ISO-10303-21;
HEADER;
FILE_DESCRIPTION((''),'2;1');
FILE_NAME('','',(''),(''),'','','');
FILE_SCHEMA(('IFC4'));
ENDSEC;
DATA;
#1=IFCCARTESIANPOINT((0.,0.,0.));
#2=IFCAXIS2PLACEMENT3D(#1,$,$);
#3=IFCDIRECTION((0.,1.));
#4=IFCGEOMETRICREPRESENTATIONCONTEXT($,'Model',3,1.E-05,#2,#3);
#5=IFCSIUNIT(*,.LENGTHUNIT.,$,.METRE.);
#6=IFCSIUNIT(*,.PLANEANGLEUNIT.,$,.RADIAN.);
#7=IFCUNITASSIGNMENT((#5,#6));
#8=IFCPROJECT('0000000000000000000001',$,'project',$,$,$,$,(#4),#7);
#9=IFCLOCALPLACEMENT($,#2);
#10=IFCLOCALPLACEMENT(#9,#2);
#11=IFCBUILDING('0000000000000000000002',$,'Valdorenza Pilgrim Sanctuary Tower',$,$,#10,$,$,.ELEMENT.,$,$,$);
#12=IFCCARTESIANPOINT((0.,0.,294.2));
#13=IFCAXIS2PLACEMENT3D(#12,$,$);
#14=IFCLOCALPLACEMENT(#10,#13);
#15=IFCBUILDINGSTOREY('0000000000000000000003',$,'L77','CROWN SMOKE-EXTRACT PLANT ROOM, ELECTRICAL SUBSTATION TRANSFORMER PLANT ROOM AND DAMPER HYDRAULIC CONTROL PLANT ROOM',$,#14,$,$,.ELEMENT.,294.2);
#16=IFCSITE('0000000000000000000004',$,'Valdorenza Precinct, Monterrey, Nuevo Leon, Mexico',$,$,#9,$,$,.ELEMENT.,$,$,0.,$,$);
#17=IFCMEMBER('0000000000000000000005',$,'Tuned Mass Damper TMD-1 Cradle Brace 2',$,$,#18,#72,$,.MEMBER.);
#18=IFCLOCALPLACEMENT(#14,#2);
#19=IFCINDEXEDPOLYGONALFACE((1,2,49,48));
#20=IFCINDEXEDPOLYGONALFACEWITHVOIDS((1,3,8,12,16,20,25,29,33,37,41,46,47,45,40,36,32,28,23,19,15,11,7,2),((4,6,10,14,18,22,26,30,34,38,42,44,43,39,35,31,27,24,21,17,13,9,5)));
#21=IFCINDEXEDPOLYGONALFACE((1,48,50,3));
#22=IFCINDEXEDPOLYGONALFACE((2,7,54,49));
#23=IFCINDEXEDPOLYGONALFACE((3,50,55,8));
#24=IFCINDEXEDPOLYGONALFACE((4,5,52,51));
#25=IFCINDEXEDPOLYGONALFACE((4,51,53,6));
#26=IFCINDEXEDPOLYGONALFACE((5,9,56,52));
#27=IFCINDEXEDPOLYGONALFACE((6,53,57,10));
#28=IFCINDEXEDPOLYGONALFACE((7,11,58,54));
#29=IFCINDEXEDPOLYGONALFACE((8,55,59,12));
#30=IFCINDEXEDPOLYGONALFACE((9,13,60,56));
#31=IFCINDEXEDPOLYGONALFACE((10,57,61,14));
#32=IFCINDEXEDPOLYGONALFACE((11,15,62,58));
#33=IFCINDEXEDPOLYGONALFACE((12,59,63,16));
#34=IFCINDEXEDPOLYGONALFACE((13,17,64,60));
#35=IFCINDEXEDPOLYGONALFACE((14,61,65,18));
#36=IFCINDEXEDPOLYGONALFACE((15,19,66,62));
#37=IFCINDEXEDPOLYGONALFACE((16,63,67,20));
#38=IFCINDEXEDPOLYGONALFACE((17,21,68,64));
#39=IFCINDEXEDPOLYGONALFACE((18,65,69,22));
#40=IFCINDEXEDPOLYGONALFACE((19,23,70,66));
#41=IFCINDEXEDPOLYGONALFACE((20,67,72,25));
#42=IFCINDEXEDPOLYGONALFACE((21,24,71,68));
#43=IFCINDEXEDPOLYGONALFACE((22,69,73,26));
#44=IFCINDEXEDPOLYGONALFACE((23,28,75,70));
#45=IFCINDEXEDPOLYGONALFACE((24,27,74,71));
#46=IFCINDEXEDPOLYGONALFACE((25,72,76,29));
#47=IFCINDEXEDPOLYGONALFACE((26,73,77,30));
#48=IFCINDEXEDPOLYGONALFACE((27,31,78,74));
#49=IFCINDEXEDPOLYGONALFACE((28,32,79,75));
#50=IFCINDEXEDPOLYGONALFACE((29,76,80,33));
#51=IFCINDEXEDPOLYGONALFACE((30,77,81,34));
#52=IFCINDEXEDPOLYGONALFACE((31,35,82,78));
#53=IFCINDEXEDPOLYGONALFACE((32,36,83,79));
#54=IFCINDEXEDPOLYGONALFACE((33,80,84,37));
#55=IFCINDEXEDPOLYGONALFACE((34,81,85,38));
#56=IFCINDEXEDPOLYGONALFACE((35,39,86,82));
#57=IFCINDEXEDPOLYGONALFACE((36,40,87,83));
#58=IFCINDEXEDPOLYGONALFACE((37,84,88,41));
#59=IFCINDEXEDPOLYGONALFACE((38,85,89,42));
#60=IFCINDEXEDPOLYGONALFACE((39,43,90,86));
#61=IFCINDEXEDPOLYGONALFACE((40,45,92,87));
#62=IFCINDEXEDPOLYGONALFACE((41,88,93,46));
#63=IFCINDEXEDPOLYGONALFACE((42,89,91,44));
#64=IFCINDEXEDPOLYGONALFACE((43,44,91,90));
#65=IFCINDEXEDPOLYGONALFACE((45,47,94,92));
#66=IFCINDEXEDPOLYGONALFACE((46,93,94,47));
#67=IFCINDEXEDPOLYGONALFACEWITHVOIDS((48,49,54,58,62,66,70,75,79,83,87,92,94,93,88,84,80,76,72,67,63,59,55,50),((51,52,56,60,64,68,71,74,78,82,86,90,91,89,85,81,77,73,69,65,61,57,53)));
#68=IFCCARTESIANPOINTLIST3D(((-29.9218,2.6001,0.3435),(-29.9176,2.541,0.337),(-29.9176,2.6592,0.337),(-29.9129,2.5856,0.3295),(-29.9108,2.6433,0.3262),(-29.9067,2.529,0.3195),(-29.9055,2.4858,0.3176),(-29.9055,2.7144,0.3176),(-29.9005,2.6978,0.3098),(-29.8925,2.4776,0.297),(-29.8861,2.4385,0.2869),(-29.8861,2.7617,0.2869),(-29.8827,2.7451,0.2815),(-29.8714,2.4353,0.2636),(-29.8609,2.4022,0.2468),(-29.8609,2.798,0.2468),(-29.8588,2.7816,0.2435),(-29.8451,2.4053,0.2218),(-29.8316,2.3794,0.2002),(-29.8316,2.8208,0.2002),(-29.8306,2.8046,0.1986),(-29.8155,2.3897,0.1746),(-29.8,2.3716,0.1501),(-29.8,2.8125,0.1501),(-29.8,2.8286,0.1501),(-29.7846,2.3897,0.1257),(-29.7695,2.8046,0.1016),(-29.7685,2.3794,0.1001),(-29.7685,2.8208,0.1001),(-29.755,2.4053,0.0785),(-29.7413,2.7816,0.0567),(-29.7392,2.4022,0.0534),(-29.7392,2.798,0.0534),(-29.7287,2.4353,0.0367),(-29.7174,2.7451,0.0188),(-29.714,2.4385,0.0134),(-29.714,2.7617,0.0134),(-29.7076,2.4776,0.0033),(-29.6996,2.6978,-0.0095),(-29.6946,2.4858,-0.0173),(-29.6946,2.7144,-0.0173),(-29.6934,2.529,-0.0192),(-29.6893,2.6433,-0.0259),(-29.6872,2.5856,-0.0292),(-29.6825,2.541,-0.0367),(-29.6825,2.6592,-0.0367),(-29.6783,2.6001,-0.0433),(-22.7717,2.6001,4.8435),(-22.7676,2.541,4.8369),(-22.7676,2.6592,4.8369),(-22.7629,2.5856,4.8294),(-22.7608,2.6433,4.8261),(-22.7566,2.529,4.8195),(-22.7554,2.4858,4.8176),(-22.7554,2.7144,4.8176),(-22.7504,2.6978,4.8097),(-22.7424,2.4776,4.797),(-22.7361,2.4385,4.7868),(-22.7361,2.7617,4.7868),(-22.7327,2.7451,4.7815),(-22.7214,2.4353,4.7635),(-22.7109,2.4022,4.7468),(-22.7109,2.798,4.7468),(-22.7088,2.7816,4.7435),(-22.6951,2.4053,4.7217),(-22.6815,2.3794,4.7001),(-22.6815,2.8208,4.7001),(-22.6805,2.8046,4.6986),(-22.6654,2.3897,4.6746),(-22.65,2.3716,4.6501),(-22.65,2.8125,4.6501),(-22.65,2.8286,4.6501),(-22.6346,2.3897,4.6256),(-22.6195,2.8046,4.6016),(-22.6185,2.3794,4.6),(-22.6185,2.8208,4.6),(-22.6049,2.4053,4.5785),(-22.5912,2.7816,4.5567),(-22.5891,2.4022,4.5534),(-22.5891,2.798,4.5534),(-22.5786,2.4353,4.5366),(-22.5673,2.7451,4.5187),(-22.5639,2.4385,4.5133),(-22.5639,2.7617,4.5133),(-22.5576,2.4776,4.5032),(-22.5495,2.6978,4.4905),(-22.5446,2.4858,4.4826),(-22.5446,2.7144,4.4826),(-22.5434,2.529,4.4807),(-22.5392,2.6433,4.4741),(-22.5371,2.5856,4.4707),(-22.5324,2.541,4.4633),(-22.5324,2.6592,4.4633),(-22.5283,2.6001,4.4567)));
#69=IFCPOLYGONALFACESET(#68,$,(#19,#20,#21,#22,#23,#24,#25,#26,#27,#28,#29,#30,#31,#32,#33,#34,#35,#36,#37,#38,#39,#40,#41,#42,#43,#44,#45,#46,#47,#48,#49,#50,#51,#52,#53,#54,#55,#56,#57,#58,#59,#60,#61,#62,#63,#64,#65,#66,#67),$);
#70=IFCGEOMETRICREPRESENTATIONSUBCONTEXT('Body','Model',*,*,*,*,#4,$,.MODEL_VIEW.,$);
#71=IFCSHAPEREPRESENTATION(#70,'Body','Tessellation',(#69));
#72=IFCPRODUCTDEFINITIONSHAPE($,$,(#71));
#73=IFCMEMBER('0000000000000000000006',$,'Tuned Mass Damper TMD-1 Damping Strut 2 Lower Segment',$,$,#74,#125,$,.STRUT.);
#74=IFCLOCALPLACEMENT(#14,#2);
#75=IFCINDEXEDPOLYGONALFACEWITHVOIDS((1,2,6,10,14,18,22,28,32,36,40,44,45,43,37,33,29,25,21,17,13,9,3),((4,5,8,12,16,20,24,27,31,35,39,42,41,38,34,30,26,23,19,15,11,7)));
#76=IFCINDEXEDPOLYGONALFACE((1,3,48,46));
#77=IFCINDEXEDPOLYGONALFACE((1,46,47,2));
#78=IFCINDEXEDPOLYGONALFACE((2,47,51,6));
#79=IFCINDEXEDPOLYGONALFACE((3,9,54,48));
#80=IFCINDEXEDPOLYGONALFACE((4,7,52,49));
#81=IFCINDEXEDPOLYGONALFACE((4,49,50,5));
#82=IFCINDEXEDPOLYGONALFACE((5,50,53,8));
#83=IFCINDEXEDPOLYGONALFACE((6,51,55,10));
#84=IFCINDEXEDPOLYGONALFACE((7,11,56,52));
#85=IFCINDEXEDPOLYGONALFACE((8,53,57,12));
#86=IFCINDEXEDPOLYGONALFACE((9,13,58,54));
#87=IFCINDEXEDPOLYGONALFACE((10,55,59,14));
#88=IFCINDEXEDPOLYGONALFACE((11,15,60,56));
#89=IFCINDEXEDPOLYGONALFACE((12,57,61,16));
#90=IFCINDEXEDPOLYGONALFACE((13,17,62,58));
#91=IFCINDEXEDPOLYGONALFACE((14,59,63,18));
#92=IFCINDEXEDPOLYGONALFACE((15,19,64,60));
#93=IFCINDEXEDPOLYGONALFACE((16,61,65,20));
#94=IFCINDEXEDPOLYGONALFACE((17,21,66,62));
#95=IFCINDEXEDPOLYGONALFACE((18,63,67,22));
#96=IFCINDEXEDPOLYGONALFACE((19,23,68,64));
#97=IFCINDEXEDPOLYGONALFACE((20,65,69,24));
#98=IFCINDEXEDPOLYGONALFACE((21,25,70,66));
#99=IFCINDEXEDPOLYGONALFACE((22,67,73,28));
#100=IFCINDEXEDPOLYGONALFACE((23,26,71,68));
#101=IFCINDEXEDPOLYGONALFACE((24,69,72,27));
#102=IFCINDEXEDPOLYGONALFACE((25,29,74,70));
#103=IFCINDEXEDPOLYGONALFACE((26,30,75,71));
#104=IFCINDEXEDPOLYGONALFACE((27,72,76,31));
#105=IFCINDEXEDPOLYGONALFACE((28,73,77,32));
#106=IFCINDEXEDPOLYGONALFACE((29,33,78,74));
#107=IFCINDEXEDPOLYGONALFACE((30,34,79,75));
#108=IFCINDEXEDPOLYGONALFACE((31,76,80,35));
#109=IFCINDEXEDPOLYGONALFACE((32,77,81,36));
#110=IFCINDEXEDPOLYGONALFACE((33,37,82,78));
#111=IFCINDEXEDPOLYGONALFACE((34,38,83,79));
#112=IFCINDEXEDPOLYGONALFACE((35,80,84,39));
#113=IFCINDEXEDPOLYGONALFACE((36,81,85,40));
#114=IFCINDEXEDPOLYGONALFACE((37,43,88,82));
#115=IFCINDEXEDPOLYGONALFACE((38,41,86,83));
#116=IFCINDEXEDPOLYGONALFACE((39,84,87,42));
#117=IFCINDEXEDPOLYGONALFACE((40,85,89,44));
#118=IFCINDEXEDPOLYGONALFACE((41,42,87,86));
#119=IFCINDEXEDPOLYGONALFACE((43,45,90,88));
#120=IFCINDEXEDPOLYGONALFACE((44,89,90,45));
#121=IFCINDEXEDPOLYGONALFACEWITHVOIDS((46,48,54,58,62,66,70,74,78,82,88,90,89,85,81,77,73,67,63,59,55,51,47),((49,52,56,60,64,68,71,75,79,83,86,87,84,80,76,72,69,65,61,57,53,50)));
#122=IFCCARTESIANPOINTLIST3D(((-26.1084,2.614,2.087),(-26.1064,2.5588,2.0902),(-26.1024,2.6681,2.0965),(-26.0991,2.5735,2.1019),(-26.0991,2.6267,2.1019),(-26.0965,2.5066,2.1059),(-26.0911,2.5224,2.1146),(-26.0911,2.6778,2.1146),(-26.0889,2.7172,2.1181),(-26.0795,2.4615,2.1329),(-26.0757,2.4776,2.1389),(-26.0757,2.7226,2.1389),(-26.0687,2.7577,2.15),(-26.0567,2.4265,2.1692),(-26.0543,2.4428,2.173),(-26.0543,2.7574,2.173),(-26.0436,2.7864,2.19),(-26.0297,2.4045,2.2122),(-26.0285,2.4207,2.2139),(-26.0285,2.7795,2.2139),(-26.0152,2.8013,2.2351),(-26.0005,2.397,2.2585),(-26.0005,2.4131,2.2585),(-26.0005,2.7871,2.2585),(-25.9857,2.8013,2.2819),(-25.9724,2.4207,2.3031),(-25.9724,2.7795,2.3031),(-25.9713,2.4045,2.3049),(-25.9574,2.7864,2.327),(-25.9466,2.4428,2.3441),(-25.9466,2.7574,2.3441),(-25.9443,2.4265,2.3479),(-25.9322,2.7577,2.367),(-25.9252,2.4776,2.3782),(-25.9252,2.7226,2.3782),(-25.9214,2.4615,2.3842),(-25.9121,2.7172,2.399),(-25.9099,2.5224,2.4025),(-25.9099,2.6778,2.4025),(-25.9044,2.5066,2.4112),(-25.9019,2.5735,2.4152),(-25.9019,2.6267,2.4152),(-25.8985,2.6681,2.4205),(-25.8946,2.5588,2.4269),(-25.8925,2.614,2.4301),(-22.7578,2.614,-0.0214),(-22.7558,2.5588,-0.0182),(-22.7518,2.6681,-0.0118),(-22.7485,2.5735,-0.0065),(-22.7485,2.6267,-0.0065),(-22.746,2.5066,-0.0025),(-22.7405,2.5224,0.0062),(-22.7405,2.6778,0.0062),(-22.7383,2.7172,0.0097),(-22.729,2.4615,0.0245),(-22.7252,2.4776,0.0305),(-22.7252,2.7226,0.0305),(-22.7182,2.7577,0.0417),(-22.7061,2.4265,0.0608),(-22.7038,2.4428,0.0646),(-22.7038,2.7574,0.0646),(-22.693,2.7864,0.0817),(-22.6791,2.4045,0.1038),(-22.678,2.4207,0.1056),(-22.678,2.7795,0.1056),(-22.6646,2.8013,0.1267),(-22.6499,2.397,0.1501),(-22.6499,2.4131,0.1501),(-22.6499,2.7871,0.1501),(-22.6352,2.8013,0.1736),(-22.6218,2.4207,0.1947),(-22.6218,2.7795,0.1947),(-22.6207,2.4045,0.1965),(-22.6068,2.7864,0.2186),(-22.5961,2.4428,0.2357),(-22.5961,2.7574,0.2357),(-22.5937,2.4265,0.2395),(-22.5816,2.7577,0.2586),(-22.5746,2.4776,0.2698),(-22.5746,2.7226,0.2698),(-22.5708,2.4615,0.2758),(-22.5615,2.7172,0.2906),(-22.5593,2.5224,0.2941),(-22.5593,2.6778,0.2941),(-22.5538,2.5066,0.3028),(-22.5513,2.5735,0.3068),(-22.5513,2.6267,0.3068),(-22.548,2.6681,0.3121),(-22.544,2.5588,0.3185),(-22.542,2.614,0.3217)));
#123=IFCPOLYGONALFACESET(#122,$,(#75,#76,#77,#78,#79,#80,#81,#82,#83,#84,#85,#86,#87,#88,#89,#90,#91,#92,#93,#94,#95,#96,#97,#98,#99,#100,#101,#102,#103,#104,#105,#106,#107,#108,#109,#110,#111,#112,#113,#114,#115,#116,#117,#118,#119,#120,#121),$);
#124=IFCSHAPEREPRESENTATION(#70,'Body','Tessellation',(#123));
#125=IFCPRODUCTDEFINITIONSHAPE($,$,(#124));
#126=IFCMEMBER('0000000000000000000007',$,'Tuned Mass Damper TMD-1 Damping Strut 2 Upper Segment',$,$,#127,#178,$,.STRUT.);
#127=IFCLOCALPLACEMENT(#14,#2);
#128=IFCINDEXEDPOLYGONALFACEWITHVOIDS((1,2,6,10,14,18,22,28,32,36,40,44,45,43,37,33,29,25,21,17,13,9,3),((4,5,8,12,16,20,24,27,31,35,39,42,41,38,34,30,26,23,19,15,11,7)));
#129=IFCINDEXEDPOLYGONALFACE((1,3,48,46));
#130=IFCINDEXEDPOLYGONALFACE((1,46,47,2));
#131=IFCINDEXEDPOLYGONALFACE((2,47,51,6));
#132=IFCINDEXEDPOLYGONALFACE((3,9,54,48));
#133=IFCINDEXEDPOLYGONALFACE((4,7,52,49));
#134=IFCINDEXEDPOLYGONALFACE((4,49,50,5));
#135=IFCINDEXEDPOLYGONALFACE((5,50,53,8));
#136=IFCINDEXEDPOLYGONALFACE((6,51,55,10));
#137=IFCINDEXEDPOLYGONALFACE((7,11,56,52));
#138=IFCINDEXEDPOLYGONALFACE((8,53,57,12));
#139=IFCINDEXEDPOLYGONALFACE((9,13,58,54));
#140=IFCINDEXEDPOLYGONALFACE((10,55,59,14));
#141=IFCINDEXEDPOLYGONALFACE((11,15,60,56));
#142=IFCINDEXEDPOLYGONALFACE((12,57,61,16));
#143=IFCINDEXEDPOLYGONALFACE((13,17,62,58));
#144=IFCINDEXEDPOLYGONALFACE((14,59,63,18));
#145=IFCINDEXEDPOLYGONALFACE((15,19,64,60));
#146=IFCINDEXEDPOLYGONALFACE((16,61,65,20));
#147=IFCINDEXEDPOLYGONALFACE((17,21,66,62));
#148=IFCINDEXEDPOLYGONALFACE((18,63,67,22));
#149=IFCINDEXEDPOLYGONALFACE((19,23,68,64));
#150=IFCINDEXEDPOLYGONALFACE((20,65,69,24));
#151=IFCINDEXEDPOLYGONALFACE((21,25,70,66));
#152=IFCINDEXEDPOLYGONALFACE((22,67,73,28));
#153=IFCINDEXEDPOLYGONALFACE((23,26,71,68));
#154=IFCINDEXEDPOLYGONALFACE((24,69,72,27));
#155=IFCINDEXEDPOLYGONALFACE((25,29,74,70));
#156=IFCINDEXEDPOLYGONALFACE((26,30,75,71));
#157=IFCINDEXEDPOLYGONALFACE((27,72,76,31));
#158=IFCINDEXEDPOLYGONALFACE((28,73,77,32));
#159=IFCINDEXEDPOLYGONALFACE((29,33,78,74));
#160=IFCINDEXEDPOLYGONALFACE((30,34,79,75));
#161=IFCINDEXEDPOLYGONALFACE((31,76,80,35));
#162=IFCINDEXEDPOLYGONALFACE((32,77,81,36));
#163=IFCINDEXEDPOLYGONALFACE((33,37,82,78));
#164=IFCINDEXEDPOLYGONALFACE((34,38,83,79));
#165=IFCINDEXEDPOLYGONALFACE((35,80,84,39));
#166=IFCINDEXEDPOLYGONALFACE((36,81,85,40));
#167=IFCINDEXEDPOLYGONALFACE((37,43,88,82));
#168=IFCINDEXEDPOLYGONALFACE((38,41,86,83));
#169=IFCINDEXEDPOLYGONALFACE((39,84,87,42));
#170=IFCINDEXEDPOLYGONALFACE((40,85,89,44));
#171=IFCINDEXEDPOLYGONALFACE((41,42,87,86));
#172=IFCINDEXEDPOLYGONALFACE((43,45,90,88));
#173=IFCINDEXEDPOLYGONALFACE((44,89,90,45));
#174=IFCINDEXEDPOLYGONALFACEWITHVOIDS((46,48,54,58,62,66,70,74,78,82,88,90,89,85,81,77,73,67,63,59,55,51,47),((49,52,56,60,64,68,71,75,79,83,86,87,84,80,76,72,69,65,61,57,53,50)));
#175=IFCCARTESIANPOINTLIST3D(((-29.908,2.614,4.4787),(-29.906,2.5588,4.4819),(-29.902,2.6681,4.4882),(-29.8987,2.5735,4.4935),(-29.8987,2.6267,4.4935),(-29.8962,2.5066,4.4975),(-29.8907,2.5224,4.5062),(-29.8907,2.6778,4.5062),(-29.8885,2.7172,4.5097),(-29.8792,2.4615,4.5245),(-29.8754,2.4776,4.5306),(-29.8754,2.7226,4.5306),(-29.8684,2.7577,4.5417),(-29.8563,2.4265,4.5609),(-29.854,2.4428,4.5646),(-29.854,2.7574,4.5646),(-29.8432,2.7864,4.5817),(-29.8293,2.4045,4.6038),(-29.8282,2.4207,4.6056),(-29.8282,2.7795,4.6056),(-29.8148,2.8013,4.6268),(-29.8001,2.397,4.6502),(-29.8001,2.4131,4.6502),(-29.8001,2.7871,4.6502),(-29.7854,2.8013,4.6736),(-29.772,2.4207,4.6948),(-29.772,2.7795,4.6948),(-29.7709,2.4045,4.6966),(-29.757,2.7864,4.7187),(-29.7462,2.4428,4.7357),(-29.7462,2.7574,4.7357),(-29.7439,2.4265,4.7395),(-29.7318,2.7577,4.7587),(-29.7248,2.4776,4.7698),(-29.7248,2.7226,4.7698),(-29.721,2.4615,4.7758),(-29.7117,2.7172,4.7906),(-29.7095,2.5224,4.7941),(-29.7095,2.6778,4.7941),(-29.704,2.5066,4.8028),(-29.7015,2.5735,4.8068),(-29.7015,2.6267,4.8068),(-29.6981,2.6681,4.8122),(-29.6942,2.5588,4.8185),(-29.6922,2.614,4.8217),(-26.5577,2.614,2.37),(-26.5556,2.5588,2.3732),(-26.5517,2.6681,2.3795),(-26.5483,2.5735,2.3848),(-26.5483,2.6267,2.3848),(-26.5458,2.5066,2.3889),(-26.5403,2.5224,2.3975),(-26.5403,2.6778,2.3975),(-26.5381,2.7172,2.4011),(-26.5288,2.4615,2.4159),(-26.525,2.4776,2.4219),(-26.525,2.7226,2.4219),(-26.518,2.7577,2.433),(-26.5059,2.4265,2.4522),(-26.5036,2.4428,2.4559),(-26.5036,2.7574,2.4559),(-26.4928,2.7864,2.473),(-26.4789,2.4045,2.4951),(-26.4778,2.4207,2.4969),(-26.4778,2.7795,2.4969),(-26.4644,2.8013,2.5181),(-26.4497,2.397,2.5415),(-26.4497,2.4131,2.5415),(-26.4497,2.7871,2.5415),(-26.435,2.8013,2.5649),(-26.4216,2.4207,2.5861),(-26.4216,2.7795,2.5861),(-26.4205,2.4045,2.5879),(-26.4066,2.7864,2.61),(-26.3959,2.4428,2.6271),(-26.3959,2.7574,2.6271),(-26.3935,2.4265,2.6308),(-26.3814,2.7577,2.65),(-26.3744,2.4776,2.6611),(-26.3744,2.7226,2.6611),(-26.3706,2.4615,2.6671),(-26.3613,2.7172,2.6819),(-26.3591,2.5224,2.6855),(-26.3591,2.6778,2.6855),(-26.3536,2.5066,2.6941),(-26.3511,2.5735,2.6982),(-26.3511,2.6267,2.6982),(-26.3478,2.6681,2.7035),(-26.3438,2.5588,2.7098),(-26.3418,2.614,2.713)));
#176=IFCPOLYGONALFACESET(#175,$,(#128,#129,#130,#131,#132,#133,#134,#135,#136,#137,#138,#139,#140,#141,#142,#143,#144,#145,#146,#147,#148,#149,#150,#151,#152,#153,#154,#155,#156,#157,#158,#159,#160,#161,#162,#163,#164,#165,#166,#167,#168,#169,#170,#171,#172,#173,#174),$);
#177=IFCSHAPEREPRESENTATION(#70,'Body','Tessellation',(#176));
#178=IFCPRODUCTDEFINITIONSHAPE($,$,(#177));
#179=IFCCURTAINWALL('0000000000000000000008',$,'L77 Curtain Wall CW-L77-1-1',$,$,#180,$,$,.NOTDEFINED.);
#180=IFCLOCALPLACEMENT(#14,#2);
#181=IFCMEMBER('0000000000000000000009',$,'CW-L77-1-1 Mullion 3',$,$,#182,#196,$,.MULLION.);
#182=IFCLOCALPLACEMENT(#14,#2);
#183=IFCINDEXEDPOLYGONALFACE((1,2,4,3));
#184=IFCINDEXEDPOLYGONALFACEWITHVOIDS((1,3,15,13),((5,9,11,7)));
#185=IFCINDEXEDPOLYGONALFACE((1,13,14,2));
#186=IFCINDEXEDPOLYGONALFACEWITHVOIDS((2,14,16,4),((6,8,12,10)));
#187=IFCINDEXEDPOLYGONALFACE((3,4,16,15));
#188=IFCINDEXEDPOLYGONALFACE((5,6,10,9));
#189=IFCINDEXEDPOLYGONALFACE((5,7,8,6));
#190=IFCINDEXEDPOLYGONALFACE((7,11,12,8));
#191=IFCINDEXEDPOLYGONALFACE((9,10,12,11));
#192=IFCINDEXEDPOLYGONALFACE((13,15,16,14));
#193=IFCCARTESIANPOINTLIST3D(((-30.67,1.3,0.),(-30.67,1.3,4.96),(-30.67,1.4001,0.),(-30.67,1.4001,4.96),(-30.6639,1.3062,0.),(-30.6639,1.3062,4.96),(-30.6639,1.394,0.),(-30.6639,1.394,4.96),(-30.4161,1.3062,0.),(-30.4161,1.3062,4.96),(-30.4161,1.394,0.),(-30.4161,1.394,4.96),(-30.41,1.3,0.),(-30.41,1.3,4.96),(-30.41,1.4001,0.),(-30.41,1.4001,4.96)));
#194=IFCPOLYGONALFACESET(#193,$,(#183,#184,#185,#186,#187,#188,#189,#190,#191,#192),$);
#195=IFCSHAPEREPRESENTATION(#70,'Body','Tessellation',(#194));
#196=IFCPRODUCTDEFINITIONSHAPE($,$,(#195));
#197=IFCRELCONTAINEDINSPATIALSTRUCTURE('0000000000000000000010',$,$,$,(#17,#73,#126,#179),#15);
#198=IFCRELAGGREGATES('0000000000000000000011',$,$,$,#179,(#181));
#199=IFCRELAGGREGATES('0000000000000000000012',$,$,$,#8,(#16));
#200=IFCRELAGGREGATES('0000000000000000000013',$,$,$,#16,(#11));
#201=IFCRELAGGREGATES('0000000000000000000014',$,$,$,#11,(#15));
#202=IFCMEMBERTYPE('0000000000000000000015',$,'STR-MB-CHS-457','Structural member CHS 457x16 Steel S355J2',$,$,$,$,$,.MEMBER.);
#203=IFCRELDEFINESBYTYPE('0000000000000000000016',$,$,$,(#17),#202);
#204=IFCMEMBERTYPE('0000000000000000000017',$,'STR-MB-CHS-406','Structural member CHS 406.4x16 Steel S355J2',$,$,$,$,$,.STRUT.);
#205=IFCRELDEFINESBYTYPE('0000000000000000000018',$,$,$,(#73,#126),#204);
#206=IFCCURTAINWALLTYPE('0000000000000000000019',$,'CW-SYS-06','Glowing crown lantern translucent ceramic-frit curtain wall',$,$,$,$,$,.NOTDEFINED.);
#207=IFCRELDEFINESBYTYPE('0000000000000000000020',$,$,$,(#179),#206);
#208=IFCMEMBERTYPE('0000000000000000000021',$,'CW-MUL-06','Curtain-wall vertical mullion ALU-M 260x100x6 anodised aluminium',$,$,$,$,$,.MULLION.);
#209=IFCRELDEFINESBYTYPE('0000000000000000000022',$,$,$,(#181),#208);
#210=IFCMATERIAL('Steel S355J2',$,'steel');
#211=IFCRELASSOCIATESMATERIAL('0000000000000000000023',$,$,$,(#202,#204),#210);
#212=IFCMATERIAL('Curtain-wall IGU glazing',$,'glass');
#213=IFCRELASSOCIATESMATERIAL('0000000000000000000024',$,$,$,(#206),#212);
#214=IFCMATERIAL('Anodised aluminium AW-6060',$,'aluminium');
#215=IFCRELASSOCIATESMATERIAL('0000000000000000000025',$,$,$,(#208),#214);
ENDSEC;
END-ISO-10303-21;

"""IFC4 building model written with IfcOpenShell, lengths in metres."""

from ifc_helpers import new_model, si_unit, direction, frame, origin, origin_2d, place, context, subcontext, project, spatial, hollow_rectangle, hollow_circle, extrude, source, transform, mapped, material, material_profile, profile_set, type_object, element, aggregate, save


model = new_model("IFC4")

# Units and contexts
model_context = context("Model", 3, precision=1e-05, world=origin(), true_north=direction((0.0, 1.0)))
body_context = subcontext(model_context, "Body", "Model", "MODEL_VIEW")
ifc_project = project(units=[si_unit("LENGTHUNIT", "METRE"), si_unit("PLANEANGLEUNIT", "RADIAN")], contexts=[model_context])

# Site, building, storey
site_placement = place(None, origin())
site = spatial("IfcSite", under=ifc_project, at=site_placement, Name="Valdorenza Precinct, Monterrey, Nuevo Leon, Mexico", CompositionType="ELEMENT", RefElevation=0.0)
building_placement = place(site_placement, origin())
building = spatial("IfcBuilding", under=site, at=building_placement, Name="Valdorenza Pilgrim Sanctuary Tower", CompositionType="ELEMENT")
storey_placement = place(building_placement, frame((0.0, 0.0, 294.2)))
storey = spatial("IfcBuildingStorey", under=building, at=storey_placement, Name="L77", Description="CROWN SMOKE-EXTRACT PLANT ROOM, ELECTRICAL SUBSTATION TRANSFORMER PLANT ROOM AND DAMPER HYDRAULIC CONTROL PLANT ROOM", CompositionType="ELEMENT", Elevation=294.2)

# Members
ifc_material_1 = material(Name="Steel S355J2", Category="steel")
ifc_material_profile_1 = material_profile(ifc_material_1, hollow_circle(Radius=0.2285, WallThickness=0.0161, at=origin_2d()), Name="CHS 457x16")
ifc_profile_set_1 = profile_set([ifc_material_profile_1], Name="Steel S355J2")
member_type_1 = type_object("IfcMemberType", Name="STR-MB-CHS-457", Description="Structural member CHS 457x16 Steel S355J2", PredefinedType="MEMBER", material=ifc_profile_set_1)
shared_shape_1 = source(origin(), body_context, "Body", "SweptSolid", [
    extrude(hollow_circle(Radius=0.2285, WallThickness=0.0161, at=origin_2d()), origin(), (0.0, 0.0, 1.0), 8.4482),
])
member_1_placement = place(storey_placement, frame((-29.8, 2.6001, 0.1501), z_axis=(0.846337, 0.0, 0.532648), x_axis=(0.0, 1.0, 0.0)))
element("IfcMember", 1, at=member_1_placement, inside=storey, type_object=member_type_1, Name="Tuned Mass Damper TMD-1 Cradle Brace 2", PredefinedType="MEMBER", context=body_context, shape_type="MappedRepresentation", body=[
    mapped(shared_shape_1, transform((0.0, 0.0, 0.0), x_axis=(1.0, 0.0, 0.0), y_axis=(0.0, 1.0, 0.0), z_axis=(0.0, 0.0, 1.0), scale=1.0)),
])
ifc_material_profile_2 = material_profile(ifc_material_1, hollow_circle(Radius=0.2031, WallThickness=0.0161, at=origin_2d()), Name="CHS 406.4x16")
ifc_profile_set_2 = profile_set([ifc_material_profile_2], Name="Steel S355J2")
member_type_2 = type_object("IfcMemberType", Name="STR-MB-CHS-406", Description="Structural member CHS 406.4x16 Steel S355J2", PredefinedType="STRUT", material=ifc_profile_set_2)
shared_shape_2 = source(origin(), body_context, "Body", "SweptSolid", [
    extrude(hollow_circle(Radius=0.2031, WallThickness=0.0161, at=origin_2d()), origin(), (0.0, 0.0, 1.0), 3.9587),
])
for number, where, z_axis, x_axis, name in (
    (2, (-22.6499, 2.6001, 0.1501), (-0.846373, 0.0, 0.532591), (0.0, -1.0, 0.0), "Tuned Mass Damper TMD-1 Damping Strut 2 Lower Segment"),
    (3, (-26.4497, 2.6001, 2.5415), (-0.846328, 0.0, 0.532663), (0.0, -1.0, 0.0), "Tuned Mass Damper TMD-1 Damping Strut 2 Upper Segment"),
):
    element("IfcMember", number, at=place(storey_placement, frame(where, z_axis=z_axis, x_axis=x_axis)), inside=storey, type_object=member_type_2, Name=name, PredefinedType="STRUT", context=body_context, shape_type="MappedRepresentation", body=[
        mapped(shared_shape_2, transform((0.0, 0.0, 0.0), x_axis=(1.0, 0.0, 0.0), y_axis=(0.0, 1.0, 0.0), z_axis=(0.0, 0.0, 1.0), scale=1.0)),
    ])

# Curtain wall, member
ifc_material_2 = material(Name="Curtain-wall IGU glazing", Category="glass")
curtain_wall_type = type_object("IfcCurtainWallType", Name="CW-SYS-06", Description="Glowing crown lantern translucent ceramic-frit curtain wall", PredefinedType="NOTDEFINED", material=ifc_material_2)
curtain_wall_placement = place(storey_placement, origin())
curtain_wall = element("IfcCurtainWall", 4, at=curtain_wall_placement, inside=storey, type_object=curtain_wall_type, Name="L77 Curtain Wall CW-L77-1-1", PredefinedType="NOTDEFINED")
ifc_material_3 = material(Name="Anodised aluminium AW-6060", Category="aluminium")
ifc_material_profile_3 = material_profile(ifc_material_3, hollow_rectangle(XDim=0.1001, YDim=0.26, WallThickness=0.0061, at=origin_2d()), Name="ALU-M 260x100x6")
ifc_profile_set_3 = profile_set([ifc_material_profile_3], Name="Anodised aluminium AW-6060")
member_type_3 = type_object("IfcMemberType", Name="CW-MUL-06", Description="Curtain-wall vertical mullion ALU-M 260x100x6 anodised aluminium", PredefinedType="MULLION", material=ifc_profile_set_3)
shared_shape_3 = source(origin(), body_context, "Body", "SweptSolid", [
    extrude(hollow_rectangle(XDim=0.1001, YDim=0.26, WallThickness=0.0061, at=origin_2d()), origin(), (0.0, 0.0, 1.0), 4.96),
])
member_2_placement = place(storey_placement, frame((-30.54, 1.3501, 0.0), z_axis=(0.0, 0.0, 1.0), x_axis=(0.0, 1.0, 0.0)))
member_2 = element("IfcMember", 5, at=member_2_placement, type_object=member_type_3, Name="CW-L77-1-1 Mullion 3", PredefinedType="MULLION", context=body_context, shape_type="MappedRepresentation", body=[
    mapped(shared_shape_3, transform((0.0, 0.0, 0.0), x_axis=(1.0, 0.0, 0.0), y_axis=(0.0, 1.0, 0.0), z_axis=(0.0, 0.0, 1.0), scale=1.0)),
])

aggregate(curtain_wall, [member_2])

save(model, "model.ifc")
